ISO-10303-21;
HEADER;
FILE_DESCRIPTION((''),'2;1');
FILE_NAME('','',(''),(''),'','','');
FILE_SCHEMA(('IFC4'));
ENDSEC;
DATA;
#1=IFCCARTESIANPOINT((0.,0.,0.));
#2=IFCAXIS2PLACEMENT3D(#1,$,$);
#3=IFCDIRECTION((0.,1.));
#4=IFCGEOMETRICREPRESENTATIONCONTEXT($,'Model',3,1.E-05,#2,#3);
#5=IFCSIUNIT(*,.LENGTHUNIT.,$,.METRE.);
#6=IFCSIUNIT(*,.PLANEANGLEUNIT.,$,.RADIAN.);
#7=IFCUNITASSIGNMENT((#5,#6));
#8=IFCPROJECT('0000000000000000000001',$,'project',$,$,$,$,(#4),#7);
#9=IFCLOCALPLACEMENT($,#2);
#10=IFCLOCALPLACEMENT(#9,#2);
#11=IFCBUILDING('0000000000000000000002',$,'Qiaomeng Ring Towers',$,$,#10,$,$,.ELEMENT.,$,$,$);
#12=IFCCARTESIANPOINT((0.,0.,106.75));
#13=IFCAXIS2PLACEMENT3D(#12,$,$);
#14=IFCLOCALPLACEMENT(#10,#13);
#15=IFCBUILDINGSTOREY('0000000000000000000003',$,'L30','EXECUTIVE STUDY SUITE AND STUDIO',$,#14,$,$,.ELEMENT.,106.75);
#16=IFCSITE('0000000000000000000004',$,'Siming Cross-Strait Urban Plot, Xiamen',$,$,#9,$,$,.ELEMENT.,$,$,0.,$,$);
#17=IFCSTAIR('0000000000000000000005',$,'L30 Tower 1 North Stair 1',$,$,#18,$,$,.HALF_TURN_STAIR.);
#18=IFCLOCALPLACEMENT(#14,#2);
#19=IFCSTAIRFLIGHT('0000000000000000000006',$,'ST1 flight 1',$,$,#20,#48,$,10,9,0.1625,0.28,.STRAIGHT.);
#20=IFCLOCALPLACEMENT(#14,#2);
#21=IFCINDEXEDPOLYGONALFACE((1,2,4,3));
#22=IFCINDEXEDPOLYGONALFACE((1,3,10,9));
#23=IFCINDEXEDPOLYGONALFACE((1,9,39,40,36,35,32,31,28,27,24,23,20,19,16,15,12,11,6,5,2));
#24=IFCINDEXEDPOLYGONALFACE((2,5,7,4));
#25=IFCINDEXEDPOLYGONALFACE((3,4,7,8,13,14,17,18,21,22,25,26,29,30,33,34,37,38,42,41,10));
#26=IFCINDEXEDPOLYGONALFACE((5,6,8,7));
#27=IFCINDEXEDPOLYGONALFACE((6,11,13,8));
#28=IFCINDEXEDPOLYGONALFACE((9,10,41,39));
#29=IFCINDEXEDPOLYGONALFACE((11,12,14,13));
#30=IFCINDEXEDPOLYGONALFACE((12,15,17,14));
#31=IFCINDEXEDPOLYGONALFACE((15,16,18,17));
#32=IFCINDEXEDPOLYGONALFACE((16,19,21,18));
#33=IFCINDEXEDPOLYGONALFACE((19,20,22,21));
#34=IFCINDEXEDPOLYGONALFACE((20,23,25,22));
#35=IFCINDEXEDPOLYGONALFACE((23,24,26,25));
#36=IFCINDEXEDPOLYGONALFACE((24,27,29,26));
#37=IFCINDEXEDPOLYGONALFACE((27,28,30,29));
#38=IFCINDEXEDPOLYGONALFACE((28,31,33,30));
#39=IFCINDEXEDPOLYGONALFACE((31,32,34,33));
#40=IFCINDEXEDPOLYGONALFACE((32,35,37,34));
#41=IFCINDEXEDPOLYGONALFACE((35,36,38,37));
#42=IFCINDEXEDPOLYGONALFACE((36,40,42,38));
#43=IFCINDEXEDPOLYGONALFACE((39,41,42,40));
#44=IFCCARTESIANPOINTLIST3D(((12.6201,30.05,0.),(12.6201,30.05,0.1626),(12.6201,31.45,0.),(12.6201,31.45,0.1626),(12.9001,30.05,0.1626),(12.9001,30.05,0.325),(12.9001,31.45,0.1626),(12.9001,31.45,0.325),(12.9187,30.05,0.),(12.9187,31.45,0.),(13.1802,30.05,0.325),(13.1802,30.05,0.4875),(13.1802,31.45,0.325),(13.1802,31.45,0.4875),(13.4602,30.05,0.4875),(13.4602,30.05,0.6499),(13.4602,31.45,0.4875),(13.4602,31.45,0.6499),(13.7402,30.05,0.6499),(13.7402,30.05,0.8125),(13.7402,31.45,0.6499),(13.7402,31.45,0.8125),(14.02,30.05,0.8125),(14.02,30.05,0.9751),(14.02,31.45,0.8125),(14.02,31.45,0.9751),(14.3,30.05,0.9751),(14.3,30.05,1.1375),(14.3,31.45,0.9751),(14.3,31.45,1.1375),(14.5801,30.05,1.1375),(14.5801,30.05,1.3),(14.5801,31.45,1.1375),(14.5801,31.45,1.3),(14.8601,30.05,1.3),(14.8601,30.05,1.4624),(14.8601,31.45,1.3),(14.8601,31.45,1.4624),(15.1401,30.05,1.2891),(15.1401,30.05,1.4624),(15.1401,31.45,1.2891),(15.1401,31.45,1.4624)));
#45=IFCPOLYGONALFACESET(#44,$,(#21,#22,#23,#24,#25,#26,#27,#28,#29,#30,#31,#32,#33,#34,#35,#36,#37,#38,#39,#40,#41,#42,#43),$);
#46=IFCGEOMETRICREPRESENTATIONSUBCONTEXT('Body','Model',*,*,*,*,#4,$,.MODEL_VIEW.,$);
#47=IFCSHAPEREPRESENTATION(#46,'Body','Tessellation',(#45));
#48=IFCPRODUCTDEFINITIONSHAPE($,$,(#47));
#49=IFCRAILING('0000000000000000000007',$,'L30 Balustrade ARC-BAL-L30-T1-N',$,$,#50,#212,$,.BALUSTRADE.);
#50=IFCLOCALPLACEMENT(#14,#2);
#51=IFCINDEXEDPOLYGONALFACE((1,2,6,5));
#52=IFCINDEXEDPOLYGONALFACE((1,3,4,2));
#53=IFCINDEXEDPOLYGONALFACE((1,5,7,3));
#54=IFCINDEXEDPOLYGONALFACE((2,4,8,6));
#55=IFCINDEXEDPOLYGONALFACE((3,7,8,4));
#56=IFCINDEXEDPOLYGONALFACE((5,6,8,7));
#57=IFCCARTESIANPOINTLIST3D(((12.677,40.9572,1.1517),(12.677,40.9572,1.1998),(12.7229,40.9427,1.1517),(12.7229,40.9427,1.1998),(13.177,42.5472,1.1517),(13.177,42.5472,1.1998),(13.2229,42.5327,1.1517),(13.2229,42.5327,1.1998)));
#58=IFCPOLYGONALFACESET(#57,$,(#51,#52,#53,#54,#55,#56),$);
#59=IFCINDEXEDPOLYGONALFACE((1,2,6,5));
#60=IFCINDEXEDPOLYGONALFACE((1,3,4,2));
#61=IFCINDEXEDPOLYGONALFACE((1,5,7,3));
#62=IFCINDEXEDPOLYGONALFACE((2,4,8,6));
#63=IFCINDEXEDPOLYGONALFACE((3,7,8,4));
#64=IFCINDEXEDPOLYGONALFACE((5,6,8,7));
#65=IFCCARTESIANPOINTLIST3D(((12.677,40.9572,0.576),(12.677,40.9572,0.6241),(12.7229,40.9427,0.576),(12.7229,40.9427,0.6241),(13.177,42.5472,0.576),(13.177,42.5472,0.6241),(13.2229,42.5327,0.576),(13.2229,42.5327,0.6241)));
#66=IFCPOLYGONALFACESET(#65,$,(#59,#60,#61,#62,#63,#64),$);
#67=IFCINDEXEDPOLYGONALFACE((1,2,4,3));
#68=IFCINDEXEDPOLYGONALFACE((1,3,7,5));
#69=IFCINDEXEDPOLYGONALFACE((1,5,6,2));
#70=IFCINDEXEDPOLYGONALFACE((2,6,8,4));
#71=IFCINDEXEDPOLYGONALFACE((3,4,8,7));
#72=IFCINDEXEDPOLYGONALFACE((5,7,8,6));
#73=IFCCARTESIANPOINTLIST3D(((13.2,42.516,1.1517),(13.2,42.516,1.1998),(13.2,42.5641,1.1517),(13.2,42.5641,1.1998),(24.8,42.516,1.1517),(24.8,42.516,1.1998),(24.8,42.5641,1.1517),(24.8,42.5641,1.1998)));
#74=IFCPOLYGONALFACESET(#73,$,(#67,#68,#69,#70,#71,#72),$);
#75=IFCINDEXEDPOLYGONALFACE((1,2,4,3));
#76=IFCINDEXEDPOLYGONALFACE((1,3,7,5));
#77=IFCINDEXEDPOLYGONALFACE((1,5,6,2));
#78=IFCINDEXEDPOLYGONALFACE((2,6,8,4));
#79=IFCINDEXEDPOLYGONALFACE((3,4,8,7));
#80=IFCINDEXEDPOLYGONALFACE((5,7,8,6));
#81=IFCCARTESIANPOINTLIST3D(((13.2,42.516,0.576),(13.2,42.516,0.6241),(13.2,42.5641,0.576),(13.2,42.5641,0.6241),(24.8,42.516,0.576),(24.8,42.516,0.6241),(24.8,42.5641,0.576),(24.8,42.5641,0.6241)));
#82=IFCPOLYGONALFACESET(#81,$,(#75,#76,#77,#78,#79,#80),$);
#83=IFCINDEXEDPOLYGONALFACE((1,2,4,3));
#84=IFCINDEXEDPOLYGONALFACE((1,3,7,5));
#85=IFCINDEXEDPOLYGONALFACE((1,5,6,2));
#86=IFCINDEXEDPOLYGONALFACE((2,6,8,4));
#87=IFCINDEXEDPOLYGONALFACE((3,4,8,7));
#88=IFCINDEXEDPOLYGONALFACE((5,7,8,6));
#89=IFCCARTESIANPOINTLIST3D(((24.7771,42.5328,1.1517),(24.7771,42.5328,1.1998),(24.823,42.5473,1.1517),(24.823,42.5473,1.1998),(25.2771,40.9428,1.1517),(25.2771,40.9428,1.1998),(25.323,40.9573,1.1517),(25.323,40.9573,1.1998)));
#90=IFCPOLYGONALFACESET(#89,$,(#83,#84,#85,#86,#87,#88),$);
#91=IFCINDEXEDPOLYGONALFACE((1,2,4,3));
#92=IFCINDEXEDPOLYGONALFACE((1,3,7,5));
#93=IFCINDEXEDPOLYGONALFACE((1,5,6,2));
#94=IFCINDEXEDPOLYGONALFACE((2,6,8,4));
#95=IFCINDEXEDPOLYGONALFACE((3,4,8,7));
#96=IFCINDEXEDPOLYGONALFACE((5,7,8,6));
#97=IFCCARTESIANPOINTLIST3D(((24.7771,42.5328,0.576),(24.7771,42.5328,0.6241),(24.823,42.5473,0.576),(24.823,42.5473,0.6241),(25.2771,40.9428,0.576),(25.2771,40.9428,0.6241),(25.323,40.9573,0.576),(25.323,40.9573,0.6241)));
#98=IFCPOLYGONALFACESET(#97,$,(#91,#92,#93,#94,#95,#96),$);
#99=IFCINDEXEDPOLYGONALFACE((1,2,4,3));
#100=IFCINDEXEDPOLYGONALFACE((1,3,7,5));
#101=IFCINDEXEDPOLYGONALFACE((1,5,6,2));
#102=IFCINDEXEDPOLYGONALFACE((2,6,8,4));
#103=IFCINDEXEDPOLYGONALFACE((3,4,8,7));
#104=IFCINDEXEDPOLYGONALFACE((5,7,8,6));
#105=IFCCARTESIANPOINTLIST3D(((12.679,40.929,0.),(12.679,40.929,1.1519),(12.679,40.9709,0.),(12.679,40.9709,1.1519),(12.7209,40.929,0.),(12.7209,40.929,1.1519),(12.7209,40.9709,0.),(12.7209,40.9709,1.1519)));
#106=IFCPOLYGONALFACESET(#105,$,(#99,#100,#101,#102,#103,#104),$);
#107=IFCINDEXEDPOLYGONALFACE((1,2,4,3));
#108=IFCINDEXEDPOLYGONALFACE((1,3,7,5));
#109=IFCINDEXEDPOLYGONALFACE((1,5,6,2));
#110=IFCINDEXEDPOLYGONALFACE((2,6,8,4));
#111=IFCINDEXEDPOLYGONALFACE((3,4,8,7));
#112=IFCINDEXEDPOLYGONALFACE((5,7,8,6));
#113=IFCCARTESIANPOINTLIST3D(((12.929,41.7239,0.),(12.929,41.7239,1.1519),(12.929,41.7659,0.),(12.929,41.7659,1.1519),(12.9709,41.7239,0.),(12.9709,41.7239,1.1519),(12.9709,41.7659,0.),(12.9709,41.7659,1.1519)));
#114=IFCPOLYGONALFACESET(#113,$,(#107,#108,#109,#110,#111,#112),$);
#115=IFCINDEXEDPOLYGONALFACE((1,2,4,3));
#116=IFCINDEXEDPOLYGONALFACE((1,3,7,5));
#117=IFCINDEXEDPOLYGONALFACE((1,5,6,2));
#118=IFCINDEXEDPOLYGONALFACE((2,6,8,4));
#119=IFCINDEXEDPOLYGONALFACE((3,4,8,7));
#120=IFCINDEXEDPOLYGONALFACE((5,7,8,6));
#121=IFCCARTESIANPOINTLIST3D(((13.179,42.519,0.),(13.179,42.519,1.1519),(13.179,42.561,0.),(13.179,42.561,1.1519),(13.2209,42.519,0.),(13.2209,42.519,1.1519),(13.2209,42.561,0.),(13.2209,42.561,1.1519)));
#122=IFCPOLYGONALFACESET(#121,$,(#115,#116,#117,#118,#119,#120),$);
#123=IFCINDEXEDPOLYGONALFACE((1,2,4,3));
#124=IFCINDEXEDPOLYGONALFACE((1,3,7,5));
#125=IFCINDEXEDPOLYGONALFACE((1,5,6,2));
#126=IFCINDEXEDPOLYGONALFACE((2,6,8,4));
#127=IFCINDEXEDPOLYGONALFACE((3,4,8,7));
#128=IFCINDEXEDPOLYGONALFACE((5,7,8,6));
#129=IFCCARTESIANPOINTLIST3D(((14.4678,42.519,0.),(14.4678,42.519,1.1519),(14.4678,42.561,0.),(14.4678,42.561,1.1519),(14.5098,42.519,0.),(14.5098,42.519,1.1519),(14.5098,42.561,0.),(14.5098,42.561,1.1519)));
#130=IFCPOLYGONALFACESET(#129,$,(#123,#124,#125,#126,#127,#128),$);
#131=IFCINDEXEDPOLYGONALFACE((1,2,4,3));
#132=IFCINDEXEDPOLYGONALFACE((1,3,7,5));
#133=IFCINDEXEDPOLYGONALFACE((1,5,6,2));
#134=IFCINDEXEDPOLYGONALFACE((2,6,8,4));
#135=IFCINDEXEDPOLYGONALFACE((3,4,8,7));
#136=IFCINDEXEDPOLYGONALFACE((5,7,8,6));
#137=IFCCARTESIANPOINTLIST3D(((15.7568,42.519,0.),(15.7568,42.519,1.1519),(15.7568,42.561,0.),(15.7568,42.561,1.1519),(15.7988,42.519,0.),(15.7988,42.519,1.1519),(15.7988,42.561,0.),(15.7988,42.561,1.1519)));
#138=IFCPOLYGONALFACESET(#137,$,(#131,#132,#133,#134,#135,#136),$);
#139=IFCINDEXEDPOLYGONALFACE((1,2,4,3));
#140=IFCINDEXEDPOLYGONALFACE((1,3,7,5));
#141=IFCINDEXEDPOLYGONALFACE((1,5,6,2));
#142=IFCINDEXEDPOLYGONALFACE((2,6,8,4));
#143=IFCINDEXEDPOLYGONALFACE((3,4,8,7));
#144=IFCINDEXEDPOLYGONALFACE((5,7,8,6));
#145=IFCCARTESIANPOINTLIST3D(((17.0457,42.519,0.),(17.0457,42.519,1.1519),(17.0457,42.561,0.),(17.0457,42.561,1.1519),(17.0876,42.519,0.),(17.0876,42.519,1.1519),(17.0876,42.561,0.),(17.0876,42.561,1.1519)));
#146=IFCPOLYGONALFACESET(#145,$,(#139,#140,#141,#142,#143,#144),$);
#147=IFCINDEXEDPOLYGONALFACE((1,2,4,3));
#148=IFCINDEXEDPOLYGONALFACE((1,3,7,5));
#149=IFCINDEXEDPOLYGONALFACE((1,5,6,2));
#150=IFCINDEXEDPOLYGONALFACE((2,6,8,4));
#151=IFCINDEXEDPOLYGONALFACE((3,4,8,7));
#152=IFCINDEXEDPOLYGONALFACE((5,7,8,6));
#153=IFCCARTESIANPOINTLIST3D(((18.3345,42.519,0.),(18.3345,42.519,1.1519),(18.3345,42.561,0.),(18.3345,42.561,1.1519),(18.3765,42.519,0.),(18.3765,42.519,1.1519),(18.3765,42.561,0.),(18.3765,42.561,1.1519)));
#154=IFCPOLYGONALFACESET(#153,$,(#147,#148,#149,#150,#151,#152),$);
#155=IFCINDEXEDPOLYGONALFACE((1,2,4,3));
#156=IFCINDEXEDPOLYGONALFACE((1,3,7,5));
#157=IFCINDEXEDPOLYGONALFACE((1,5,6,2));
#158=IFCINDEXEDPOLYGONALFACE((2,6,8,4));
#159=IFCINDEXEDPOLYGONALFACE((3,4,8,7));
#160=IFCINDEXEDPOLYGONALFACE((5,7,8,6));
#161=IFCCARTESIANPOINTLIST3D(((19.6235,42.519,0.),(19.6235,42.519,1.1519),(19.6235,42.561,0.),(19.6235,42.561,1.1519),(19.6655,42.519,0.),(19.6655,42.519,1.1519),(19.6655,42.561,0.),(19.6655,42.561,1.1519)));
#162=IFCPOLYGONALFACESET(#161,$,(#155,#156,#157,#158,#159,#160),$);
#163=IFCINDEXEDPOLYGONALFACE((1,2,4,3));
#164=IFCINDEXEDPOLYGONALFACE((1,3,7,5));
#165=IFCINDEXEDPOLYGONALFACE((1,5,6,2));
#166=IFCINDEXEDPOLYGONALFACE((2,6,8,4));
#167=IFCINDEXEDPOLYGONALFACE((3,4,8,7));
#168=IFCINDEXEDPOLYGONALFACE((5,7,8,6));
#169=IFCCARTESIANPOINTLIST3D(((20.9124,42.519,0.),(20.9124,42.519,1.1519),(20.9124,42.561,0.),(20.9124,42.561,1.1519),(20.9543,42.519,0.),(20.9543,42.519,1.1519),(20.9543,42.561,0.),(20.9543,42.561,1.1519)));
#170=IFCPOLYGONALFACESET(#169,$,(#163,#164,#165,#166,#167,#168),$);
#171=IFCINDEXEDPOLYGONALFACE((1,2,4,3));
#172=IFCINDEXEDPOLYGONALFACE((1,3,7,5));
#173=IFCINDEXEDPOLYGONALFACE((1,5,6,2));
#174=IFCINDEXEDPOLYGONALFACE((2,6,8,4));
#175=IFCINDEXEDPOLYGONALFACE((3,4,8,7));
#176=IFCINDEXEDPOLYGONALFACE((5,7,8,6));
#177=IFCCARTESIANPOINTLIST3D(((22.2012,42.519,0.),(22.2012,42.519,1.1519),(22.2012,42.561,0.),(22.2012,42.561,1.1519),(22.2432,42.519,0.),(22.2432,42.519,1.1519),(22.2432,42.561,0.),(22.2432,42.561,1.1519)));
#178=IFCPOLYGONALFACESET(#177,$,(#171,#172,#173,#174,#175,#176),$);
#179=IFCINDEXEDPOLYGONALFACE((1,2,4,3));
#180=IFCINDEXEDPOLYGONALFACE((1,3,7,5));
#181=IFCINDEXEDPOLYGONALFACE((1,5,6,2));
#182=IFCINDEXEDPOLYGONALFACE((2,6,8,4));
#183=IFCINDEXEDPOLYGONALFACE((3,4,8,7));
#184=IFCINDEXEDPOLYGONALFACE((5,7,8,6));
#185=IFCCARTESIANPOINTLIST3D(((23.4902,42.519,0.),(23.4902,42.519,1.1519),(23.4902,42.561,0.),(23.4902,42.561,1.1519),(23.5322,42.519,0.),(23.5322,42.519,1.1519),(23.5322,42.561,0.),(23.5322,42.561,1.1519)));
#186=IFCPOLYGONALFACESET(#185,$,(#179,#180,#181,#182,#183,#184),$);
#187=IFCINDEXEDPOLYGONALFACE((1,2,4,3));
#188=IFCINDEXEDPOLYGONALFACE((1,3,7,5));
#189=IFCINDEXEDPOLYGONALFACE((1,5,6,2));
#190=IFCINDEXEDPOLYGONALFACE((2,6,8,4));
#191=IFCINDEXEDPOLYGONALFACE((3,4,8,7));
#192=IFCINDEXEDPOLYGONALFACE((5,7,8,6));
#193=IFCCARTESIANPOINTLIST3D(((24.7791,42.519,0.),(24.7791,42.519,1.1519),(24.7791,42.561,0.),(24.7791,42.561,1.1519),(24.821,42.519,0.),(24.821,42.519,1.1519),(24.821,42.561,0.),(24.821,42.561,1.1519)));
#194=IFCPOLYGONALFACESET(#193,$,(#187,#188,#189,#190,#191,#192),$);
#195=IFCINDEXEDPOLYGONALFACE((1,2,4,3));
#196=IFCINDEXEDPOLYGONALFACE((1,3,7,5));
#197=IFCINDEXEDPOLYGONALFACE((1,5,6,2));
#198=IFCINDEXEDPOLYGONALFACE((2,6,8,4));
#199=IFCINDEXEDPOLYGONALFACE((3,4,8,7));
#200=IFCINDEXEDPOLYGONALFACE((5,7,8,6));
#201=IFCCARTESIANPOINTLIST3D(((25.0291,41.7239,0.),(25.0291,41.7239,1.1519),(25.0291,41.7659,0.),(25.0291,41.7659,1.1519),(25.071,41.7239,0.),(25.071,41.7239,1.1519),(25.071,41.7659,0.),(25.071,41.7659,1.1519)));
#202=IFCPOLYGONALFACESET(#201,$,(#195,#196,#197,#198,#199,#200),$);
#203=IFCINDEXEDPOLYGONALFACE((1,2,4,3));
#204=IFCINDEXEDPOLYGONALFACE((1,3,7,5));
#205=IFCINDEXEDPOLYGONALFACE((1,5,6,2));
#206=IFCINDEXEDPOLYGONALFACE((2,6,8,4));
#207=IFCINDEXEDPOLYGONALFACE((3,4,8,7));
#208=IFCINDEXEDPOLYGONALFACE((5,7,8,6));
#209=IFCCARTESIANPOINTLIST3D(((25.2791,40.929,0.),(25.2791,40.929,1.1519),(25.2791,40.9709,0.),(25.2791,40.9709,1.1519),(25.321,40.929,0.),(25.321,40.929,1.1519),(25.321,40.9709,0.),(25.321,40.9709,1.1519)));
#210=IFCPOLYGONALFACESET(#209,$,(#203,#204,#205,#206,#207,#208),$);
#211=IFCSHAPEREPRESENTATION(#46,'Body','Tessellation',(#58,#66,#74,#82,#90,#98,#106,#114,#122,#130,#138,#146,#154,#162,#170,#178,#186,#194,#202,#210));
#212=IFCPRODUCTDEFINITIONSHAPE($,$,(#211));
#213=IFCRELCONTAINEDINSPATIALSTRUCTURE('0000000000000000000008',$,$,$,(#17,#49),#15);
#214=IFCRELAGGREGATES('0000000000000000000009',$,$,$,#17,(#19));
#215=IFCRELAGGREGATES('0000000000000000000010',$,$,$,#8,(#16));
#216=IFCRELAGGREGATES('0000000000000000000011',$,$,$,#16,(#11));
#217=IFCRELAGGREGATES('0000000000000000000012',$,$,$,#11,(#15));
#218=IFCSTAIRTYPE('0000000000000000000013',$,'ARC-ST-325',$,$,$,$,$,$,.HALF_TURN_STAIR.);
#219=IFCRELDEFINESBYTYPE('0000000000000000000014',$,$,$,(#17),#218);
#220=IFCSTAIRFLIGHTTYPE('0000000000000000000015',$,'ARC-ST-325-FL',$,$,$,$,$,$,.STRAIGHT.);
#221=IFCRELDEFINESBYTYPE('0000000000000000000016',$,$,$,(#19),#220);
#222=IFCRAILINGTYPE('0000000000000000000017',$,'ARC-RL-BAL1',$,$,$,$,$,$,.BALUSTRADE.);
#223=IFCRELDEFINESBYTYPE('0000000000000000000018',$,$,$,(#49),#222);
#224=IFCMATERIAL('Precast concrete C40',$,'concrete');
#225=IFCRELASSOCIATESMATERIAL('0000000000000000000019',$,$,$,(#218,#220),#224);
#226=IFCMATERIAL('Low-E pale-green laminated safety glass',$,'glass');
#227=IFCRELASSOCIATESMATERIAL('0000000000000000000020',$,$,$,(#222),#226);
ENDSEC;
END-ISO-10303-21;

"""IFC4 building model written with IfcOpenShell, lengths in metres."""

from ifc_helpers import new_model, si_unit, direction, frame, origin, origin_2d, place, context, subcontext, project, spatial, polyline, rectangle, outline, extrude, source, transform, mapped, material, type_object, element, aggregate, save


model = new_model("IFC4")

# Units and contexts
model_context = context("Model", 3, precision=1e-05, world=origin(), true_north=direction((0.0, 1.0)))
body_context = subcontext(model_context, "Body", "Model", "MODEL_VIEW")
ifc_project = project(units=[si_unit("LENGTHUNIT", "METRE"), si_unit("PLANEANGLEUNIT", "RADIAN")], contexts=[model_context])

# Site, building, storey
site_placement = place(None, origin())
site = spatial("IfcSite", under=ifc_project, at=site_placement, Name="Siming Cross-Strait Urban Plot, Xiamen", CompositionType="ELEMENT", RefElevation=0.0)
building_placement = place(site_placement, origin())
building = spatial("IfcBuilding", under=site, at=building_placement, Name="Qiaomeng Ring Towers", CompositionType="ELEMENT")
storey_placement = place(building_placement, frame((0.0, 0.0, 106.75)))
storey = spatial("IfcBuildingStorey", under=building, at=storey_placement, Name="L30", Description="EXECUTIVE STUDY SUITE AND STUDIO", CompositionType="ELEMENT", Elevation=106.75)

# Stair, stair flight
ifc_material_1 = material(Name="Precast concrete C40", Category="concrete")
stair_type = type_object("IfcStairType", Name="ARC-ST-325", PredefinedType="HALF_TURN_STAIR", material=ifc_material_1)
stair_placement = place(storey_placement, origin())
stair = element("IfcStair", 1, at=stair_placement, inside=storey, type_object=stair_type, Name="L30 Tower 1 North Stair 1", PredefinedType="HALF_TURN_STAIR")
stair_flight_type = type_object("IfcStairFlightType", Name="ARC-ST-325-FL", PredefinedType="STRAIGHT", material=ifc_material_1)
shared_shape_1 = source(origin(), body_context, "Body", "SweptSolid", [
    extrude(outline(polyline([(0.0, 0.0), (0.0, 0.1626), (0.28, 0.1626), (0.28, 0.325), (0.5601, 0.325), (0.5601, 0.4875), (0.8401, 0.4875), (0.8401, 0.6499), (1.1201, 0.6499), (1.1201, 0.8125), (1.3999, 0.8125), (1.3999, 0.9751), (1.6799, 0.9751), (1.6799, 1.1375), (1.96, 1.1375), (1.96, 1.3), (2.24, 1.3), (2.24, 1.4624), (2.52, 1.4624), (2.52, 1.625), (2.52, 1.2891), (0.2986, 0.0), (0.0, 0.0)])), frame((0.0, 0.7, 0.0), z_axis=(0.0, -1.0, 0.0), x_axis=(1.0, 0.0, 0.0)), (0.0, 0.0, 1.0), 1.3999),
])
stair_flight_placement = place(storey_placement, frame((12.6201, 30.75, 0.0), z_axis=(0.0, 0.0, 1.0), x_axis=(1.0, 0.0, 0.0)))
stair_flight = element("IfcStairFlight", 2, at=stair_flight_placement, type_object=stair_flight_type, Name="ST1 flight 1", NumberOfRisers=10, NumberOfTreads=9, PredefinedType="STRAIGHT", RiserHeight=0.1625, TreadLength=0.28, context=body_context, shape_type="MappedRepresentation", body=[
    mapped(shared_shape_1, transform((0.0, 0.0, 0.0), x_axis=(1.0, 0.0, 0.0), y_axis=(0.0, 1.0, 0.0), z_axis=(0.0, 0.0, 1.0), scale=1.0)),
])
aggregate(stair, [stair_flight])

# Railing
ifc_material_2 = material(Name="Low-E pale-green laminated safety glass", Category="glass")
railing_type_1 = type_object("IfcRailingType", Name="ARC-RL-BAL1", PredefinedType="BALUSTRADE", material=ifc_material_2)
railing_1_placement = place(storey_placement, frame((12.7, 40.95, 0.0)))
element("IfcRailing", 3, at=railing_1_placement, inside=storey, type_object=railing_type_1, Name="L30 Balustrade ARC-BAL-L30-T1-N", PredefinedType="BALUSTRADE", context=body_context, shape_type="SweptSolid", body=[
    extrude(rectangle(XDim=0.0481, YDim=0.0481, at=origin_2d()), frame((0.0, 0.0, 1.1758), z_axis=(0.299968, 0.953949, 0.0), x_axis=(-0.953949, 0.299968, 0.0)), (0.0, 0.0, 1.0), 1.6667),
    extrude(rectangle(XDim=0.0481, YDim=0.0481, at=origin_2d()), frame((0.0, 0.0, 0.6001), z_axis=(0.299968, 0.953949, 0.0), x_axis=(-0.953949, 0.299968, 0.0)), (0.0, 0.0, 1.0), 1.6667),
    extrude(rectangle(XDim=0.0481, YDim=0.0481, at=origin_2d()), frame((0.5, 1.5901, 1.1758), z_axis=(1.0, 0.0, 0.0), x_axis=(0.0, 1.0, 0.0)), (0.0, 0.0, 1.0), 11.6001),
    extrude(rectangle(XDim=0.0481, YDim=0.0481, at=origin_2d()), frame((0.5, 1.5901, 0.6001), z_axis=(1.0, 0.0, 0.0), x_axis=(0.0, 1.0, 0.0)), (0.0, 0.0, 1.0), 11.6001),
    extrude(rectangle(XDim=0.0481, YDim=0.0481, at=origin_2d()), frame((12.1001, 1.5901, 1.1758), z_axis=(0.299968, -0.953949, 0.0), x_axis=(0.953949, 0.299968, 0.0)), (0.0, 0.0, 1.0), 1.6667),
    extrude(rectangle(XDim=0.0481, YDim=0.0481, at=origin_2d()), frame((12.1001, 1.5901, 0.6001), z_axis=(0.299968, -0.953949, 0.0), x_axis=(0.953949, 0.299968, 0.0)), (0.0, 0.0, 1.0), 1.6667),
    extrude(rectangle(XDim=0.042, YDim=0.042, at=origin_2d()), origin(), (0.0, 0.0, 1.0), 1.1519),
    extrude(rectangle(XDim=0.042, YDim=0.042, at=origin_2d()), frame((0.25, 0.7949, 0.0)), (0.0, 0.0, 1.0), 1.1519),
    extrude(rectangle(XDim=0.042, YDim=0.042, at=origin_2d()), frame((0.5, 1.5901, 0.0)), (0.0, 0.0, 1.0), 1.1519),
    extrude(rectangle(XDim=0.042, YDim=0.042, at=origin_2d()), frame((1.7888, 1.5901, 0.0)), (0.0, 0.0, 1.0), 1.1519),
    extrude(rectangle(XDim=0.042, YDim=0.042, at=origin_2d()), frame((3.0779, 1.5901, 0.0)), (0.0, 0.0, 1.0), 1.1519),
    extrude(rectangle(XDim=0.042, YDim=0.042, at=origin_2d()), frame((4.3667, 1.5901, 0.0)), (0.0, 0.0, 1.0), 1.1519),
    extrude(rectangle(XDim=0.042, YDim=0.042, at=origin_2d()), frame((5.6555, 1.5901, 0.0)), (0.0, 0.0, 1.0), 1.1519),
    extrude(rectangle(XDim=0.042, YDim=0.042, at=origin_2d()), frame((6.9446, 1.5901, 0.0)), (0.0, 0.0, 1.0), 1.1519),
    extrude(rectangle(XDim=0.042, YDim=0.042, at=origin_2d()), frame((8.2334, 1.5901, 0.0)), (0.0, 0.0, 1.0), 1.1519),
    extrude(rectangle(XDim=0.042, YDim=0.042, at=origin_2d()), frame((9.5222, 1.5901, 0.0)), (0.0, 0.0, 1.0), 1.1519),
    extrude(rectangle(XDim=0.042, YDim=0.042, at=origin_2d()), frame((10.8113, 1.5901, 0.0)), (0.0, 0.0, 1.0), 1.1519),
    extrude(rectangle(XDim=0.042, YDim=0.042, at=origin_2d()), frame((12.1001, 1.5901, 0.0)), (0.0, 0.0, 1.0), 1.1519),
    extrude(rectangle(XDim=0.042, YDim=0.042, at=origin_2d()), frame((12.3501, 0.7949, 0.0)), (0.0, 0.0, 1.0), 1.1519),
    extrude(rectangle(XDim=0.042, YDim=0.042, at=origin_2d()), frame((12.6001, 0.0, 0.0)), (0.0, 0.0, 1.0), 1.1519),
])

save(model, "model.ifc")
